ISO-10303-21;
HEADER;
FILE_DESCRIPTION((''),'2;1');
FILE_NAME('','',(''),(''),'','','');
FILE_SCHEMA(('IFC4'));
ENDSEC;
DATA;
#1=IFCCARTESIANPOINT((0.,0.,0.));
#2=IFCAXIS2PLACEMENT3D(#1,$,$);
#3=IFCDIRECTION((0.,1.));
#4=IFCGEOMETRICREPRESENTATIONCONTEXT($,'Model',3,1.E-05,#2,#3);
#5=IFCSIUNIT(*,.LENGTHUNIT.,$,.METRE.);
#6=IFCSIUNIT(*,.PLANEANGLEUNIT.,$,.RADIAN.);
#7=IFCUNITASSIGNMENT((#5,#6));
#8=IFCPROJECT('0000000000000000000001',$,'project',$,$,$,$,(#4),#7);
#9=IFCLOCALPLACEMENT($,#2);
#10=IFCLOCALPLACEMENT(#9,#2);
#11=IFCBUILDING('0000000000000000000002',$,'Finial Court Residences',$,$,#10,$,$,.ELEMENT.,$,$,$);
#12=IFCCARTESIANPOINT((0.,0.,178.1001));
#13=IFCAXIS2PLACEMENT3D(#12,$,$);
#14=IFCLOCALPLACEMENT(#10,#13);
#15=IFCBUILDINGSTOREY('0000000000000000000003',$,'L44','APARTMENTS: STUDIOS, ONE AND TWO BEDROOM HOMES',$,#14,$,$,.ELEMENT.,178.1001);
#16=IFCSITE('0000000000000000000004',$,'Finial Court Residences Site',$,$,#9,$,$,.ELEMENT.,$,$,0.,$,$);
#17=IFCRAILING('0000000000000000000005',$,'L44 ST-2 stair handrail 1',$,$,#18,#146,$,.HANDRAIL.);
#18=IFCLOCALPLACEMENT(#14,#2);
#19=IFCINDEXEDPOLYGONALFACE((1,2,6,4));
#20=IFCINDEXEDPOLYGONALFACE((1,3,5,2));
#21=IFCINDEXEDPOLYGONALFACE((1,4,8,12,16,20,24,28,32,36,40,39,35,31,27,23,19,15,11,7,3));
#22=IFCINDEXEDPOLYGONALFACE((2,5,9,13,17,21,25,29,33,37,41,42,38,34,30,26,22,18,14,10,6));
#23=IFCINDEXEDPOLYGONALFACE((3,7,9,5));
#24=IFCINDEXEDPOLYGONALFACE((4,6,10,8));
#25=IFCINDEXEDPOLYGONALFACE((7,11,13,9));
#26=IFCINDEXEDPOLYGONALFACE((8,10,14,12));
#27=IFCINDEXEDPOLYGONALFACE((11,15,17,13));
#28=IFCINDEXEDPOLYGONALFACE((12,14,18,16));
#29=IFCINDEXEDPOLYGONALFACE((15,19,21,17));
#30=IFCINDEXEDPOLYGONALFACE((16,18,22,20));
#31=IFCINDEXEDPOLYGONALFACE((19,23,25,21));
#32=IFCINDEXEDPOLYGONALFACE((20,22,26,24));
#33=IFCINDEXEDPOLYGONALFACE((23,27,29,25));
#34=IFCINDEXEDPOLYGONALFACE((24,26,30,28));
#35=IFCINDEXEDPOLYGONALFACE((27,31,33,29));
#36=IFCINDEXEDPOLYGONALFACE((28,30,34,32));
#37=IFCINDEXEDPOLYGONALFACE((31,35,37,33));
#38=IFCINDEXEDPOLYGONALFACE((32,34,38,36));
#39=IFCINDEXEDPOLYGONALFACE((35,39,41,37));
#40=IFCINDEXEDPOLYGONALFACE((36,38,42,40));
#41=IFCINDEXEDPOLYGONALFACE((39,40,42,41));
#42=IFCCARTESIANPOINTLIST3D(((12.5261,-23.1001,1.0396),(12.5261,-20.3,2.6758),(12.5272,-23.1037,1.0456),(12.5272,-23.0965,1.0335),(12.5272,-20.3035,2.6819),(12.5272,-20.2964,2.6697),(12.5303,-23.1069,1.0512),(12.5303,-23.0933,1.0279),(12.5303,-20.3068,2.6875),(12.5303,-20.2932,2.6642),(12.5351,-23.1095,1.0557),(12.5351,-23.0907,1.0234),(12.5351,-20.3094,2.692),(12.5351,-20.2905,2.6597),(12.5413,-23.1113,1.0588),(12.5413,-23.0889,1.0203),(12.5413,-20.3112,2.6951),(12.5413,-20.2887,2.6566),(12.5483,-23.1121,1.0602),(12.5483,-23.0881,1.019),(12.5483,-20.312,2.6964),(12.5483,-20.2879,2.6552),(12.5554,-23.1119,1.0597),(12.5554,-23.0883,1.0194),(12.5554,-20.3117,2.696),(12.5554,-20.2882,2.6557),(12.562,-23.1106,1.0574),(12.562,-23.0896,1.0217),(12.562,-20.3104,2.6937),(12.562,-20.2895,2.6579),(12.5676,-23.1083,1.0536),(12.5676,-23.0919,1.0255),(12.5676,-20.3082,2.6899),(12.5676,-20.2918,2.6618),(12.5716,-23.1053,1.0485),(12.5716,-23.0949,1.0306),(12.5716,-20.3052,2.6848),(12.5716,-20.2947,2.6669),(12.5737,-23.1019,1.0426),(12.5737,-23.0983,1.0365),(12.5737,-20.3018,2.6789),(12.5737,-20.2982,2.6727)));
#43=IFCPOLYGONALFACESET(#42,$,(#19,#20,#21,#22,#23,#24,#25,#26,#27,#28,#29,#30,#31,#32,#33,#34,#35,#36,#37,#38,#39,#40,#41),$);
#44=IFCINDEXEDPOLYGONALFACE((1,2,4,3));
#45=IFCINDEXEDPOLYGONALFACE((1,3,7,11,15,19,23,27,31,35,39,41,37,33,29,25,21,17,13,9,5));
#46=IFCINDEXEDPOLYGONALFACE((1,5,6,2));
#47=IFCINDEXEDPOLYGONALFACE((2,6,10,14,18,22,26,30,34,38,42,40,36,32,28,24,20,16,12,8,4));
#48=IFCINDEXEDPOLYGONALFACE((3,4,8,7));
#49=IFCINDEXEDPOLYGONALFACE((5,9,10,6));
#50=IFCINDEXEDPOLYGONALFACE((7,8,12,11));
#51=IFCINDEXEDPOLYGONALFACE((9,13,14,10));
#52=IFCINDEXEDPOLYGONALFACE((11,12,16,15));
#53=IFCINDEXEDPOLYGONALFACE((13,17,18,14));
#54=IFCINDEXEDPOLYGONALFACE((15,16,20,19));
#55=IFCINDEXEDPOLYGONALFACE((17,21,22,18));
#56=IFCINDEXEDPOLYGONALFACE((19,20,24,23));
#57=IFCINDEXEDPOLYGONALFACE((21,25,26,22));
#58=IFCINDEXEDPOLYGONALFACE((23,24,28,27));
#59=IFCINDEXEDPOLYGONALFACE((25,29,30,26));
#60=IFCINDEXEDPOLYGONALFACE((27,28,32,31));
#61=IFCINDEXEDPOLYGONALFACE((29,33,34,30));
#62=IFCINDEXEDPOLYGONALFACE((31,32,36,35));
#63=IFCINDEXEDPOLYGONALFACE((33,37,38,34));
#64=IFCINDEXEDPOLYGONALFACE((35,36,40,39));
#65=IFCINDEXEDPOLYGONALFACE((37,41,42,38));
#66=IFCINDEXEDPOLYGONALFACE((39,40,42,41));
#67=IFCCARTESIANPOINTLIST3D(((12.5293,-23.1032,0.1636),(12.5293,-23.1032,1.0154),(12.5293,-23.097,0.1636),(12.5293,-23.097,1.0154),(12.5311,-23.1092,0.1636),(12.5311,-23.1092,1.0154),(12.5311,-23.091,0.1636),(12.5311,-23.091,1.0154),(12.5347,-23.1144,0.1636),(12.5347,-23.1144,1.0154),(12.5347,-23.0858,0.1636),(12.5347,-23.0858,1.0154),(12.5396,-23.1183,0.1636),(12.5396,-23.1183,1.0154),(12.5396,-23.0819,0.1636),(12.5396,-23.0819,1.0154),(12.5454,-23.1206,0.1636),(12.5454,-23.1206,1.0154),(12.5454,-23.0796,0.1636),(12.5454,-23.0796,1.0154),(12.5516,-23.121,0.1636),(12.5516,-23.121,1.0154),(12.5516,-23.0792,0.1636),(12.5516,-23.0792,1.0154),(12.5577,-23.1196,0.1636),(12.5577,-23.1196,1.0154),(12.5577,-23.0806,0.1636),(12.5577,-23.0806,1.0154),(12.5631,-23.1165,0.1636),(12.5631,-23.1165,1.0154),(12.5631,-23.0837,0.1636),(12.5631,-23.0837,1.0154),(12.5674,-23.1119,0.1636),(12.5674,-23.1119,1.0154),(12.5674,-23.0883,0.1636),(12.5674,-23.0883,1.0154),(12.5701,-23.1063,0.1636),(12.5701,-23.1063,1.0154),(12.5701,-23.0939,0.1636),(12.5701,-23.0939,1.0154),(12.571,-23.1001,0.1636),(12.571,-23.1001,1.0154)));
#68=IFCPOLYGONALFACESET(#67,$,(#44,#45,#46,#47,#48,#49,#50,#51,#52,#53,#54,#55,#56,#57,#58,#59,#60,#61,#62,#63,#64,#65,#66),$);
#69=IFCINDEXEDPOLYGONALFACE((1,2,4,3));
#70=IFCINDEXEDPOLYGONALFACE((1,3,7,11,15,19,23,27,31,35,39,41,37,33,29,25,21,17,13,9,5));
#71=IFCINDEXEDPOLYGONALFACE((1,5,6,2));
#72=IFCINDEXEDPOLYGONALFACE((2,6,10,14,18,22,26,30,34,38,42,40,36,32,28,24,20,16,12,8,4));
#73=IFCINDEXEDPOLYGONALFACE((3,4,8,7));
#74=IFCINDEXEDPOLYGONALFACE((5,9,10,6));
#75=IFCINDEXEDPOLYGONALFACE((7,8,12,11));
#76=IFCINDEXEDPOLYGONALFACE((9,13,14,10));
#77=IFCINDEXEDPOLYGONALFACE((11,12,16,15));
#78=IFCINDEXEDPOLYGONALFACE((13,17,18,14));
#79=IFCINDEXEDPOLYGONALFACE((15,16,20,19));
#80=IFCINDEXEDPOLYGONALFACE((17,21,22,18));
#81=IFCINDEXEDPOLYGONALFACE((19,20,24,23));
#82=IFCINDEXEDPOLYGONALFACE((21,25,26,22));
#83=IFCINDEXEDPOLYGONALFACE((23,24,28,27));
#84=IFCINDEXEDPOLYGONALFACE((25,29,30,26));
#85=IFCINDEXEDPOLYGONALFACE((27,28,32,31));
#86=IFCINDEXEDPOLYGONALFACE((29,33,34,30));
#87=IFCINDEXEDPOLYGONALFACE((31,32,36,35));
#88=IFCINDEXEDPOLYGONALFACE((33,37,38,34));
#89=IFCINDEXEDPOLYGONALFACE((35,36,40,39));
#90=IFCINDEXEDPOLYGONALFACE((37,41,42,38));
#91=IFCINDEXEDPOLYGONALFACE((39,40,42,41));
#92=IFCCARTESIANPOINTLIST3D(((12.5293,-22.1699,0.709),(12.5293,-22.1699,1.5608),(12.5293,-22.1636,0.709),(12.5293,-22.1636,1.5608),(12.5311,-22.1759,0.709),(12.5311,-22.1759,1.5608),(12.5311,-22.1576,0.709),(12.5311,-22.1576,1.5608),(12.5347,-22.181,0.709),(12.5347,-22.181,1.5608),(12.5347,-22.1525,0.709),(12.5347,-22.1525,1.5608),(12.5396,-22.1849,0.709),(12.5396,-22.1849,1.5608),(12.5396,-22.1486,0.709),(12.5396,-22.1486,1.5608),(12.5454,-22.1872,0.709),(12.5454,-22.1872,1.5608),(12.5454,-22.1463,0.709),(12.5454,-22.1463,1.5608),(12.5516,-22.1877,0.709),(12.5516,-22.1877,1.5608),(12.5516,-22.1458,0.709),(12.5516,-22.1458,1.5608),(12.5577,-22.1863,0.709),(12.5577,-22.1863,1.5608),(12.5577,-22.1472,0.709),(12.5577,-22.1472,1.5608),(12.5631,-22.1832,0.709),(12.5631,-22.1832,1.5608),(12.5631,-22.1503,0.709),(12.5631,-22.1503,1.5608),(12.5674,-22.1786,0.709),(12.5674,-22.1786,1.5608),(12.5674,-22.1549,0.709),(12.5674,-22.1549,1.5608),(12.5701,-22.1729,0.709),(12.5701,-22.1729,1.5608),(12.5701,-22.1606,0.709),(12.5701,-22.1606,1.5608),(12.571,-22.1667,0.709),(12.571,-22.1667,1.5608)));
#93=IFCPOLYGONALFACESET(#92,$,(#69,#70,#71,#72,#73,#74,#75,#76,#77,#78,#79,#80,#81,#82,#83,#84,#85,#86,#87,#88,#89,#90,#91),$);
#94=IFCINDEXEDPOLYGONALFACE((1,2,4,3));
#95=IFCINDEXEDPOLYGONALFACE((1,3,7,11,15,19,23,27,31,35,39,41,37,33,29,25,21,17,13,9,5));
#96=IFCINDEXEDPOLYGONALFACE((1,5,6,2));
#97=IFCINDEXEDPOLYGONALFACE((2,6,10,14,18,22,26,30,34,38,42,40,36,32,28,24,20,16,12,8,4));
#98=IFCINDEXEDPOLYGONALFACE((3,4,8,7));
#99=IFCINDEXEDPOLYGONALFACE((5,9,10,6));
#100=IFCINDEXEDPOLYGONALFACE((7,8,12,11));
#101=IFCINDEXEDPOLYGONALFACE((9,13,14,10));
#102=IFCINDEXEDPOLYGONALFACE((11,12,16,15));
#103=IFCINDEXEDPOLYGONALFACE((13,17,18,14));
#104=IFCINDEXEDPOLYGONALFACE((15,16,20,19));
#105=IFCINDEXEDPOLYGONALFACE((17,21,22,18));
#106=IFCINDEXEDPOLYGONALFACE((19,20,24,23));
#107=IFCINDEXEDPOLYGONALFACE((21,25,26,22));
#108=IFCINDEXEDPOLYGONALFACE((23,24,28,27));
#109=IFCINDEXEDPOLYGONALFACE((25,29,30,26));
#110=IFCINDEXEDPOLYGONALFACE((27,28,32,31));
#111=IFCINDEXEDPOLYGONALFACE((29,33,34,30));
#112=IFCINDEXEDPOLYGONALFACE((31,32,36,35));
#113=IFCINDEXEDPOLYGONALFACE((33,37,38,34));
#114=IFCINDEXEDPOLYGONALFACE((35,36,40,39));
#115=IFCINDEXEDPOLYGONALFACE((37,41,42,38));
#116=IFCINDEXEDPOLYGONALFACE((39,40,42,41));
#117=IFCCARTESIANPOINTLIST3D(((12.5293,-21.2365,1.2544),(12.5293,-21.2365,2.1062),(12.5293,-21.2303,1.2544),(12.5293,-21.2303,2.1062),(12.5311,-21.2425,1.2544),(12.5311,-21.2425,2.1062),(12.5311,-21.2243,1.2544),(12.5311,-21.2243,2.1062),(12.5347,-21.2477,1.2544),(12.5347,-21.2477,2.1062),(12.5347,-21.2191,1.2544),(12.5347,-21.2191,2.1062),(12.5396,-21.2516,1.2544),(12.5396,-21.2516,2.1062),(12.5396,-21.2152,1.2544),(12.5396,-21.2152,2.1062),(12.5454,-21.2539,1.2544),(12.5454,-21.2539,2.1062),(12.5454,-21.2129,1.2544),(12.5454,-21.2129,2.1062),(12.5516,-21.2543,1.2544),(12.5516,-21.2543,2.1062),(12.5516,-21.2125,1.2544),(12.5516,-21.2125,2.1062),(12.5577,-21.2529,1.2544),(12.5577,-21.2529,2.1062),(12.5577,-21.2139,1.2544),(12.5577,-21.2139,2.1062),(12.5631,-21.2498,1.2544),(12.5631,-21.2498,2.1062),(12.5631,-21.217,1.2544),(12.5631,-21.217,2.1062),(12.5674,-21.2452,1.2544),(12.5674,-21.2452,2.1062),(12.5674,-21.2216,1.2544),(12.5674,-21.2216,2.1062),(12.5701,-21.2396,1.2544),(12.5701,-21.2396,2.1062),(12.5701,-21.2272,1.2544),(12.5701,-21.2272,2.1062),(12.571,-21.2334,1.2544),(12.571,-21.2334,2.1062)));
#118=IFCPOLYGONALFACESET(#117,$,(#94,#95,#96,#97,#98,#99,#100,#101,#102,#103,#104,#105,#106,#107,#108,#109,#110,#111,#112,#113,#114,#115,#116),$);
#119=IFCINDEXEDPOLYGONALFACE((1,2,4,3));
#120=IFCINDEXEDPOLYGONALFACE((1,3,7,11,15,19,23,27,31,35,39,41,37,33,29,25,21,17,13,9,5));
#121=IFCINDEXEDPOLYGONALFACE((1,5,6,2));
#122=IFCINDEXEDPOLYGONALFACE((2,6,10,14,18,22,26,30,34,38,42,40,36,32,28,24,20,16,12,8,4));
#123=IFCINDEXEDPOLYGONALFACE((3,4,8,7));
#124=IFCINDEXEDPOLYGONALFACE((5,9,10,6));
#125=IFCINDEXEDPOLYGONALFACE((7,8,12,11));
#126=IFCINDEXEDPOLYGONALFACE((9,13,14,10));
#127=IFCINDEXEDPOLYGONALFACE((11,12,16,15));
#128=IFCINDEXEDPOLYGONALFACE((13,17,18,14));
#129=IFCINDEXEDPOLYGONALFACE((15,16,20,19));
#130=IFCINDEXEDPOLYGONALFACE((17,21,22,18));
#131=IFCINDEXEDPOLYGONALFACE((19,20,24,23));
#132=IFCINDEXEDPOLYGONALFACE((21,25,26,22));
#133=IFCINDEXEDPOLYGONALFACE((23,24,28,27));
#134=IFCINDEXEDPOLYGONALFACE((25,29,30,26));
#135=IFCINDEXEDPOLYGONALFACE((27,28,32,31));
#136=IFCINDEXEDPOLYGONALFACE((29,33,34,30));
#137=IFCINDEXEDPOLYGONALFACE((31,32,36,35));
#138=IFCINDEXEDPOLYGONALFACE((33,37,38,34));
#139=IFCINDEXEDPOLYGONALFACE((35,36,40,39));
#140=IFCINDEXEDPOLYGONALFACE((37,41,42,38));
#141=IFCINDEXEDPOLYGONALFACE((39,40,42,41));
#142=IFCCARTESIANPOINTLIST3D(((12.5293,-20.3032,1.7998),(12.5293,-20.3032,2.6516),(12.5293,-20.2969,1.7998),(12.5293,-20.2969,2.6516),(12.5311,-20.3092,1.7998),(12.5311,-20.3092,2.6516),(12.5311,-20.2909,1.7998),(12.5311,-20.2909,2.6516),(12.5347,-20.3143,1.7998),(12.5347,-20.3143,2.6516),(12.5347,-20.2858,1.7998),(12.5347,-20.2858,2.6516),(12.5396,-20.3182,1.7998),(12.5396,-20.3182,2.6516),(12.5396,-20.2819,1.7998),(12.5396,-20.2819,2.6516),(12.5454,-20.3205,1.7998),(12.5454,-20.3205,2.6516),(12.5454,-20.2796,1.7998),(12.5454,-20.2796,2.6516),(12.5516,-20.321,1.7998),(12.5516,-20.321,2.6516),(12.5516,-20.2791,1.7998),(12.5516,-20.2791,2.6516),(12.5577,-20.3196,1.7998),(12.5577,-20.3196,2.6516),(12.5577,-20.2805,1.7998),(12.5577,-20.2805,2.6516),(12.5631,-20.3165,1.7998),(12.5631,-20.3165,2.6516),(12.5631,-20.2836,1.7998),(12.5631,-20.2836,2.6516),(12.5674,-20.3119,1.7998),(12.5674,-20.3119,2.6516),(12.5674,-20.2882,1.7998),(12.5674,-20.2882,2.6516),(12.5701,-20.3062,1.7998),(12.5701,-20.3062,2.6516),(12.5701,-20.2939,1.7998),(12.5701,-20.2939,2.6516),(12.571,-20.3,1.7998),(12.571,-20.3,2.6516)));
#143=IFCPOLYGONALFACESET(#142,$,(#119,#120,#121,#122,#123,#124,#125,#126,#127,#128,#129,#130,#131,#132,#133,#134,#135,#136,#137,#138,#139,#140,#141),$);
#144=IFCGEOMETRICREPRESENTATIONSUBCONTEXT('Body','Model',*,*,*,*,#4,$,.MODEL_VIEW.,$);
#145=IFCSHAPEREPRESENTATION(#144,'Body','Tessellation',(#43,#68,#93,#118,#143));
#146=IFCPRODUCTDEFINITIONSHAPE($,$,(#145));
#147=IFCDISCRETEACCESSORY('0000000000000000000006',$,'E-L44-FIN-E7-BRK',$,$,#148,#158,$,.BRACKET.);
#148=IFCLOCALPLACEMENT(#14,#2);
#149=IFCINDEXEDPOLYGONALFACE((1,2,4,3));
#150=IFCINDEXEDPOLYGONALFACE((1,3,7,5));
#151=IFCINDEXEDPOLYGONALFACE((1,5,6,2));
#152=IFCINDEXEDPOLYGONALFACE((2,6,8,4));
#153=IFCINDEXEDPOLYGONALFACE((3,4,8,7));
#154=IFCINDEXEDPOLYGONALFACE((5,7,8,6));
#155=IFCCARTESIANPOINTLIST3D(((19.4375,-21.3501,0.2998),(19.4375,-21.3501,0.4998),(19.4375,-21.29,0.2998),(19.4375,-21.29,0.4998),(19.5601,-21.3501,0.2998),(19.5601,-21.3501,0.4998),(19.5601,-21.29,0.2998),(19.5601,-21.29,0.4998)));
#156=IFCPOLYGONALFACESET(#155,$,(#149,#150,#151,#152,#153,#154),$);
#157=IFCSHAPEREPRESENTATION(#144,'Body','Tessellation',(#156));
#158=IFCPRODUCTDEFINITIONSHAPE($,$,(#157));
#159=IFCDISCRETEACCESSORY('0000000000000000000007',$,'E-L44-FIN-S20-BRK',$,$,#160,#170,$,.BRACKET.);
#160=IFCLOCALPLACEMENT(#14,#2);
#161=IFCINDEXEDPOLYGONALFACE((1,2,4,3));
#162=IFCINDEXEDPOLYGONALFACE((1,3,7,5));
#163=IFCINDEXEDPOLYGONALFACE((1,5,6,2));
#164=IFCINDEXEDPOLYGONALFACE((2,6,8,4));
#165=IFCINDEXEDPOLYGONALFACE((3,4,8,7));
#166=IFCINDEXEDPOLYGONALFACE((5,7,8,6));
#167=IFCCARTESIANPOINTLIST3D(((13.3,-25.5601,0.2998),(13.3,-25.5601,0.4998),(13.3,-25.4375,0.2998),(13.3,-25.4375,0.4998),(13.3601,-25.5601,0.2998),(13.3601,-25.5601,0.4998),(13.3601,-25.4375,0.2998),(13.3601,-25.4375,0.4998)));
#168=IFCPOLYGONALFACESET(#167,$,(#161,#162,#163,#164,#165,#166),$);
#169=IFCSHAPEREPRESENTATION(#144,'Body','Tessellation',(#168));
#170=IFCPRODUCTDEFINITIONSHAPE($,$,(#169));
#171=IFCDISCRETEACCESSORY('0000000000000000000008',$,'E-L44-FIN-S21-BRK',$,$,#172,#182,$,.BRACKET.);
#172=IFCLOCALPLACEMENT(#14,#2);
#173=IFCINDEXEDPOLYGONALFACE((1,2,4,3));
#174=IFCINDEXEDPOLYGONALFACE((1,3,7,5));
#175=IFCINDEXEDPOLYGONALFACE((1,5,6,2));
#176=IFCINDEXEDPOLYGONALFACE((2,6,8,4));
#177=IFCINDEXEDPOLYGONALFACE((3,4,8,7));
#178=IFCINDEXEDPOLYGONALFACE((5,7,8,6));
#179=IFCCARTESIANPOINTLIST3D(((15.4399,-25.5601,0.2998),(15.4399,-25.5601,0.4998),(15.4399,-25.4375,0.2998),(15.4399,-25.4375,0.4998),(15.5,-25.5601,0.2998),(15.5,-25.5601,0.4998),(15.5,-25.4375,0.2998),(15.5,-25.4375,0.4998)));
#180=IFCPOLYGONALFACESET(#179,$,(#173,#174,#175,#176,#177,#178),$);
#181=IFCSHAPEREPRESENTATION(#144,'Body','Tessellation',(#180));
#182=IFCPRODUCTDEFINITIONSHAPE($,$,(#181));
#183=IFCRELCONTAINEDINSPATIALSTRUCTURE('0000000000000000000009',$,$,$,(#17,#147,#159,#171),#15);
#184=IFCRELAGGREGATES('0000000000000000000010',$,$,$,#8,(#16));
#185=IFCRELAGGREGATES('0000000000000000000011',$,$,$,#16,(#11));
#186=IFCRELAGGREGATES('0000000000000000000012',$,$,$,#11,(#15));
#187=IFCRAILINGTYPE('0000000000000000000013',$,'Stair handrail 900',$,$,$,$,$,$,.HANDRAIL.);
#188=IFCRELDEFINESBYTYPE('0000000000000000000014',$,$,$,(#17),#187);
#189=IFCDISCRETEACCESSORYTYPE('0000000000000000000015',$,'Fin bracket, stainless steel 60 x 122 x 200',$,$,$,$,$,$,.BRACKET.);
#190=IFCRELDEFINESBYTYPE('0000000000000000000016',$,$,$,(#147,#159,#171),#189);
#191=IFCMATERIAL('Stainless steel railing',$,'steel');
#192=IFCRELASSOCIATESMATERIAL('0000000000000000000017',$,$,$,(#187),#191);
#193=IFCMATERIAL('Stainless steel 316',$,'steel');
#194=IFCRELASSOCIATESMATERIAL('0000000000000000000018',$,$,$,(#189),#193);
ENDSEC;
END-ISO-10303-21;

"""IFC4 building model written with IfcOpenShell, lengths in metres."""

from ifc_helpers import new_model, si_unit, direction, frame, origin, origin_2d, place, context, subcontext, project, spatial, rectangle, circle, extrude, material, type_object, element, save


model = new_model("IFC4")

# Units and contexts
model_context = context("Model", 3, precision=1e-05, world=origin(), true_north=direction((0.0, 1.0)))
body_context = subcontext(model_context, "Body", "Model", "MODEL_VIEW")
ifc_project = project(units=[si_unit("LENGTHUNIT", "METRE"), si_unit("PLANEANGLEUNIT", "RADIAN")], contexts=[model_context])

# Site, building, storey
site_placement = place(None, origin())
site = spatial("IfcSite", under=ifc_project, at=site_placement, Name="Finial Court Residences Site", CompositionType="ELEMENT", RefElevation=0.0)
building_placement = place(site_placement, origin())
building = spatial("IfcBuilding", under=site, at=building_placement, Name="Finial Court Residences", CompositionType="ELEMENT")
storey_placement = place(building_placement, frame((0.0, 0.0, 178.1001)))
storey = spatial("IfcBuildingStorey", under=building, at=storey_placement, Name="L44", Description="APARTMENTS: STUDIOS, ONE AND TWO BEDROOM HOMES", CompositionType="ELEMENT", Elevation=178.1001)

# Railing
ifc_material_1 = material(Name="Stainless steel railing", Category="steel")
railing_type = type_object("IfcRailingType", Name="Stair handrail 900", PredefinedType="HANDRAIL", material=ifc_material_1)
railing_placement = place(storey_placement, frame((12.55, -23.1001, 0.1636)))
element("IfcRailing", 1, at=railing_placement, inside=storey, type_object=railing_type, Name="L44 ST-2 stair handrail 1", PredefinedType="HANDRAIL", context=body_context, shape_type="SweptSolid", body=[
    extrude(circle(Radius=0.0239, at=origin_2d()), frame((0.0, 0.0, 0.876), z_axis=(0.0, 0.863394, 0.504531), x_axis=(-1.0, 0.0, 0.0)), (0.0, 0.0, 1.0), 3.2432),
    extrude(circle(Radius=0.021, at=origin_2d()), origin(), (0.0, 0.0, 1.0), 0.8518),
    extrude(circle(Radius=0.021, at=origin_2d()), frame((0.0, 0.9333, 0.5454)), (0.0, 0.0, 1.0), 0.8518),
    extrude(circle(Radius=0.021, at=origin_2d()), frame((0.0, 1.8667, 1.0908)), (0.0, 0.0, 1.0), 0.8518),
    extrude(circle(Radius=0.021, at=origin_2d()), frame((0.0, 2.8, 1.6362)), (0.0, 0.0, 1.0), 0.8518),
])

# Discrete accessories
ifc_material_2 = material(Name="Stainless steel 316", Category="steel")
discrete_accessory_type = type_object("IfcDiscreteAccessoryType", Name="Fin bracket, stainless steel 60 x 122 x 200", PredefinedType="BRACKET", material=ifc_material_2)
discrete_accessory_placement = place(storey_placement, frame((19.4988, -21.3201, 0.2998), z_axis=(0.0, 0.0, 1.0), x_axis=(1.0, 0.0, 0.0)))
element("IfcDiscreteAccessory", 2, at=discrete_accessory_placement, inside=storey, type_object=discrete_accessory_type, Name="E-L44-FIN-E7-BRK", PredefinedType="BRACKET", context=body_context, shape_type="SweptSolid", body=[
    extrude(rectangle(XDim=0.1226, YDim=0.0601, at=origin_2d()), origin(), (0.0, 0.0, 1.0), 0.2),
])
for number, where, z_axis, x_axis, name in (
    (3, (13.3301, -25.4988, 0.2998), (0.0, 0.0, 1.0), (1.0, 0.0, 0.0), "E-L44-FIN-S20-BRK"),
    (4, (15.47, -25.4988, 0.2998), (0.0, 0.0, 1.0), (1.0, 0.0, 0.0), "E-L44-FIN-S21-BRK"),
):
    element("IfcDiscreteAccessory", number, at=place(storey_placement, frame(where, z_axis=z_axis, x_axis=x_axis)), inside=storey, type_object=discrete_accessory_type, Name=name, PredefinedType="BRACKET", context=body_context, shape_type="SweptSolid", body=[
        extrude(rectangle(XDim=0.0601, YDim=0.1226, at=origin_2d()), origin(), (0.0, 0.0, 1.0), 0.2),
    ])

save(model, "model.ifc")
